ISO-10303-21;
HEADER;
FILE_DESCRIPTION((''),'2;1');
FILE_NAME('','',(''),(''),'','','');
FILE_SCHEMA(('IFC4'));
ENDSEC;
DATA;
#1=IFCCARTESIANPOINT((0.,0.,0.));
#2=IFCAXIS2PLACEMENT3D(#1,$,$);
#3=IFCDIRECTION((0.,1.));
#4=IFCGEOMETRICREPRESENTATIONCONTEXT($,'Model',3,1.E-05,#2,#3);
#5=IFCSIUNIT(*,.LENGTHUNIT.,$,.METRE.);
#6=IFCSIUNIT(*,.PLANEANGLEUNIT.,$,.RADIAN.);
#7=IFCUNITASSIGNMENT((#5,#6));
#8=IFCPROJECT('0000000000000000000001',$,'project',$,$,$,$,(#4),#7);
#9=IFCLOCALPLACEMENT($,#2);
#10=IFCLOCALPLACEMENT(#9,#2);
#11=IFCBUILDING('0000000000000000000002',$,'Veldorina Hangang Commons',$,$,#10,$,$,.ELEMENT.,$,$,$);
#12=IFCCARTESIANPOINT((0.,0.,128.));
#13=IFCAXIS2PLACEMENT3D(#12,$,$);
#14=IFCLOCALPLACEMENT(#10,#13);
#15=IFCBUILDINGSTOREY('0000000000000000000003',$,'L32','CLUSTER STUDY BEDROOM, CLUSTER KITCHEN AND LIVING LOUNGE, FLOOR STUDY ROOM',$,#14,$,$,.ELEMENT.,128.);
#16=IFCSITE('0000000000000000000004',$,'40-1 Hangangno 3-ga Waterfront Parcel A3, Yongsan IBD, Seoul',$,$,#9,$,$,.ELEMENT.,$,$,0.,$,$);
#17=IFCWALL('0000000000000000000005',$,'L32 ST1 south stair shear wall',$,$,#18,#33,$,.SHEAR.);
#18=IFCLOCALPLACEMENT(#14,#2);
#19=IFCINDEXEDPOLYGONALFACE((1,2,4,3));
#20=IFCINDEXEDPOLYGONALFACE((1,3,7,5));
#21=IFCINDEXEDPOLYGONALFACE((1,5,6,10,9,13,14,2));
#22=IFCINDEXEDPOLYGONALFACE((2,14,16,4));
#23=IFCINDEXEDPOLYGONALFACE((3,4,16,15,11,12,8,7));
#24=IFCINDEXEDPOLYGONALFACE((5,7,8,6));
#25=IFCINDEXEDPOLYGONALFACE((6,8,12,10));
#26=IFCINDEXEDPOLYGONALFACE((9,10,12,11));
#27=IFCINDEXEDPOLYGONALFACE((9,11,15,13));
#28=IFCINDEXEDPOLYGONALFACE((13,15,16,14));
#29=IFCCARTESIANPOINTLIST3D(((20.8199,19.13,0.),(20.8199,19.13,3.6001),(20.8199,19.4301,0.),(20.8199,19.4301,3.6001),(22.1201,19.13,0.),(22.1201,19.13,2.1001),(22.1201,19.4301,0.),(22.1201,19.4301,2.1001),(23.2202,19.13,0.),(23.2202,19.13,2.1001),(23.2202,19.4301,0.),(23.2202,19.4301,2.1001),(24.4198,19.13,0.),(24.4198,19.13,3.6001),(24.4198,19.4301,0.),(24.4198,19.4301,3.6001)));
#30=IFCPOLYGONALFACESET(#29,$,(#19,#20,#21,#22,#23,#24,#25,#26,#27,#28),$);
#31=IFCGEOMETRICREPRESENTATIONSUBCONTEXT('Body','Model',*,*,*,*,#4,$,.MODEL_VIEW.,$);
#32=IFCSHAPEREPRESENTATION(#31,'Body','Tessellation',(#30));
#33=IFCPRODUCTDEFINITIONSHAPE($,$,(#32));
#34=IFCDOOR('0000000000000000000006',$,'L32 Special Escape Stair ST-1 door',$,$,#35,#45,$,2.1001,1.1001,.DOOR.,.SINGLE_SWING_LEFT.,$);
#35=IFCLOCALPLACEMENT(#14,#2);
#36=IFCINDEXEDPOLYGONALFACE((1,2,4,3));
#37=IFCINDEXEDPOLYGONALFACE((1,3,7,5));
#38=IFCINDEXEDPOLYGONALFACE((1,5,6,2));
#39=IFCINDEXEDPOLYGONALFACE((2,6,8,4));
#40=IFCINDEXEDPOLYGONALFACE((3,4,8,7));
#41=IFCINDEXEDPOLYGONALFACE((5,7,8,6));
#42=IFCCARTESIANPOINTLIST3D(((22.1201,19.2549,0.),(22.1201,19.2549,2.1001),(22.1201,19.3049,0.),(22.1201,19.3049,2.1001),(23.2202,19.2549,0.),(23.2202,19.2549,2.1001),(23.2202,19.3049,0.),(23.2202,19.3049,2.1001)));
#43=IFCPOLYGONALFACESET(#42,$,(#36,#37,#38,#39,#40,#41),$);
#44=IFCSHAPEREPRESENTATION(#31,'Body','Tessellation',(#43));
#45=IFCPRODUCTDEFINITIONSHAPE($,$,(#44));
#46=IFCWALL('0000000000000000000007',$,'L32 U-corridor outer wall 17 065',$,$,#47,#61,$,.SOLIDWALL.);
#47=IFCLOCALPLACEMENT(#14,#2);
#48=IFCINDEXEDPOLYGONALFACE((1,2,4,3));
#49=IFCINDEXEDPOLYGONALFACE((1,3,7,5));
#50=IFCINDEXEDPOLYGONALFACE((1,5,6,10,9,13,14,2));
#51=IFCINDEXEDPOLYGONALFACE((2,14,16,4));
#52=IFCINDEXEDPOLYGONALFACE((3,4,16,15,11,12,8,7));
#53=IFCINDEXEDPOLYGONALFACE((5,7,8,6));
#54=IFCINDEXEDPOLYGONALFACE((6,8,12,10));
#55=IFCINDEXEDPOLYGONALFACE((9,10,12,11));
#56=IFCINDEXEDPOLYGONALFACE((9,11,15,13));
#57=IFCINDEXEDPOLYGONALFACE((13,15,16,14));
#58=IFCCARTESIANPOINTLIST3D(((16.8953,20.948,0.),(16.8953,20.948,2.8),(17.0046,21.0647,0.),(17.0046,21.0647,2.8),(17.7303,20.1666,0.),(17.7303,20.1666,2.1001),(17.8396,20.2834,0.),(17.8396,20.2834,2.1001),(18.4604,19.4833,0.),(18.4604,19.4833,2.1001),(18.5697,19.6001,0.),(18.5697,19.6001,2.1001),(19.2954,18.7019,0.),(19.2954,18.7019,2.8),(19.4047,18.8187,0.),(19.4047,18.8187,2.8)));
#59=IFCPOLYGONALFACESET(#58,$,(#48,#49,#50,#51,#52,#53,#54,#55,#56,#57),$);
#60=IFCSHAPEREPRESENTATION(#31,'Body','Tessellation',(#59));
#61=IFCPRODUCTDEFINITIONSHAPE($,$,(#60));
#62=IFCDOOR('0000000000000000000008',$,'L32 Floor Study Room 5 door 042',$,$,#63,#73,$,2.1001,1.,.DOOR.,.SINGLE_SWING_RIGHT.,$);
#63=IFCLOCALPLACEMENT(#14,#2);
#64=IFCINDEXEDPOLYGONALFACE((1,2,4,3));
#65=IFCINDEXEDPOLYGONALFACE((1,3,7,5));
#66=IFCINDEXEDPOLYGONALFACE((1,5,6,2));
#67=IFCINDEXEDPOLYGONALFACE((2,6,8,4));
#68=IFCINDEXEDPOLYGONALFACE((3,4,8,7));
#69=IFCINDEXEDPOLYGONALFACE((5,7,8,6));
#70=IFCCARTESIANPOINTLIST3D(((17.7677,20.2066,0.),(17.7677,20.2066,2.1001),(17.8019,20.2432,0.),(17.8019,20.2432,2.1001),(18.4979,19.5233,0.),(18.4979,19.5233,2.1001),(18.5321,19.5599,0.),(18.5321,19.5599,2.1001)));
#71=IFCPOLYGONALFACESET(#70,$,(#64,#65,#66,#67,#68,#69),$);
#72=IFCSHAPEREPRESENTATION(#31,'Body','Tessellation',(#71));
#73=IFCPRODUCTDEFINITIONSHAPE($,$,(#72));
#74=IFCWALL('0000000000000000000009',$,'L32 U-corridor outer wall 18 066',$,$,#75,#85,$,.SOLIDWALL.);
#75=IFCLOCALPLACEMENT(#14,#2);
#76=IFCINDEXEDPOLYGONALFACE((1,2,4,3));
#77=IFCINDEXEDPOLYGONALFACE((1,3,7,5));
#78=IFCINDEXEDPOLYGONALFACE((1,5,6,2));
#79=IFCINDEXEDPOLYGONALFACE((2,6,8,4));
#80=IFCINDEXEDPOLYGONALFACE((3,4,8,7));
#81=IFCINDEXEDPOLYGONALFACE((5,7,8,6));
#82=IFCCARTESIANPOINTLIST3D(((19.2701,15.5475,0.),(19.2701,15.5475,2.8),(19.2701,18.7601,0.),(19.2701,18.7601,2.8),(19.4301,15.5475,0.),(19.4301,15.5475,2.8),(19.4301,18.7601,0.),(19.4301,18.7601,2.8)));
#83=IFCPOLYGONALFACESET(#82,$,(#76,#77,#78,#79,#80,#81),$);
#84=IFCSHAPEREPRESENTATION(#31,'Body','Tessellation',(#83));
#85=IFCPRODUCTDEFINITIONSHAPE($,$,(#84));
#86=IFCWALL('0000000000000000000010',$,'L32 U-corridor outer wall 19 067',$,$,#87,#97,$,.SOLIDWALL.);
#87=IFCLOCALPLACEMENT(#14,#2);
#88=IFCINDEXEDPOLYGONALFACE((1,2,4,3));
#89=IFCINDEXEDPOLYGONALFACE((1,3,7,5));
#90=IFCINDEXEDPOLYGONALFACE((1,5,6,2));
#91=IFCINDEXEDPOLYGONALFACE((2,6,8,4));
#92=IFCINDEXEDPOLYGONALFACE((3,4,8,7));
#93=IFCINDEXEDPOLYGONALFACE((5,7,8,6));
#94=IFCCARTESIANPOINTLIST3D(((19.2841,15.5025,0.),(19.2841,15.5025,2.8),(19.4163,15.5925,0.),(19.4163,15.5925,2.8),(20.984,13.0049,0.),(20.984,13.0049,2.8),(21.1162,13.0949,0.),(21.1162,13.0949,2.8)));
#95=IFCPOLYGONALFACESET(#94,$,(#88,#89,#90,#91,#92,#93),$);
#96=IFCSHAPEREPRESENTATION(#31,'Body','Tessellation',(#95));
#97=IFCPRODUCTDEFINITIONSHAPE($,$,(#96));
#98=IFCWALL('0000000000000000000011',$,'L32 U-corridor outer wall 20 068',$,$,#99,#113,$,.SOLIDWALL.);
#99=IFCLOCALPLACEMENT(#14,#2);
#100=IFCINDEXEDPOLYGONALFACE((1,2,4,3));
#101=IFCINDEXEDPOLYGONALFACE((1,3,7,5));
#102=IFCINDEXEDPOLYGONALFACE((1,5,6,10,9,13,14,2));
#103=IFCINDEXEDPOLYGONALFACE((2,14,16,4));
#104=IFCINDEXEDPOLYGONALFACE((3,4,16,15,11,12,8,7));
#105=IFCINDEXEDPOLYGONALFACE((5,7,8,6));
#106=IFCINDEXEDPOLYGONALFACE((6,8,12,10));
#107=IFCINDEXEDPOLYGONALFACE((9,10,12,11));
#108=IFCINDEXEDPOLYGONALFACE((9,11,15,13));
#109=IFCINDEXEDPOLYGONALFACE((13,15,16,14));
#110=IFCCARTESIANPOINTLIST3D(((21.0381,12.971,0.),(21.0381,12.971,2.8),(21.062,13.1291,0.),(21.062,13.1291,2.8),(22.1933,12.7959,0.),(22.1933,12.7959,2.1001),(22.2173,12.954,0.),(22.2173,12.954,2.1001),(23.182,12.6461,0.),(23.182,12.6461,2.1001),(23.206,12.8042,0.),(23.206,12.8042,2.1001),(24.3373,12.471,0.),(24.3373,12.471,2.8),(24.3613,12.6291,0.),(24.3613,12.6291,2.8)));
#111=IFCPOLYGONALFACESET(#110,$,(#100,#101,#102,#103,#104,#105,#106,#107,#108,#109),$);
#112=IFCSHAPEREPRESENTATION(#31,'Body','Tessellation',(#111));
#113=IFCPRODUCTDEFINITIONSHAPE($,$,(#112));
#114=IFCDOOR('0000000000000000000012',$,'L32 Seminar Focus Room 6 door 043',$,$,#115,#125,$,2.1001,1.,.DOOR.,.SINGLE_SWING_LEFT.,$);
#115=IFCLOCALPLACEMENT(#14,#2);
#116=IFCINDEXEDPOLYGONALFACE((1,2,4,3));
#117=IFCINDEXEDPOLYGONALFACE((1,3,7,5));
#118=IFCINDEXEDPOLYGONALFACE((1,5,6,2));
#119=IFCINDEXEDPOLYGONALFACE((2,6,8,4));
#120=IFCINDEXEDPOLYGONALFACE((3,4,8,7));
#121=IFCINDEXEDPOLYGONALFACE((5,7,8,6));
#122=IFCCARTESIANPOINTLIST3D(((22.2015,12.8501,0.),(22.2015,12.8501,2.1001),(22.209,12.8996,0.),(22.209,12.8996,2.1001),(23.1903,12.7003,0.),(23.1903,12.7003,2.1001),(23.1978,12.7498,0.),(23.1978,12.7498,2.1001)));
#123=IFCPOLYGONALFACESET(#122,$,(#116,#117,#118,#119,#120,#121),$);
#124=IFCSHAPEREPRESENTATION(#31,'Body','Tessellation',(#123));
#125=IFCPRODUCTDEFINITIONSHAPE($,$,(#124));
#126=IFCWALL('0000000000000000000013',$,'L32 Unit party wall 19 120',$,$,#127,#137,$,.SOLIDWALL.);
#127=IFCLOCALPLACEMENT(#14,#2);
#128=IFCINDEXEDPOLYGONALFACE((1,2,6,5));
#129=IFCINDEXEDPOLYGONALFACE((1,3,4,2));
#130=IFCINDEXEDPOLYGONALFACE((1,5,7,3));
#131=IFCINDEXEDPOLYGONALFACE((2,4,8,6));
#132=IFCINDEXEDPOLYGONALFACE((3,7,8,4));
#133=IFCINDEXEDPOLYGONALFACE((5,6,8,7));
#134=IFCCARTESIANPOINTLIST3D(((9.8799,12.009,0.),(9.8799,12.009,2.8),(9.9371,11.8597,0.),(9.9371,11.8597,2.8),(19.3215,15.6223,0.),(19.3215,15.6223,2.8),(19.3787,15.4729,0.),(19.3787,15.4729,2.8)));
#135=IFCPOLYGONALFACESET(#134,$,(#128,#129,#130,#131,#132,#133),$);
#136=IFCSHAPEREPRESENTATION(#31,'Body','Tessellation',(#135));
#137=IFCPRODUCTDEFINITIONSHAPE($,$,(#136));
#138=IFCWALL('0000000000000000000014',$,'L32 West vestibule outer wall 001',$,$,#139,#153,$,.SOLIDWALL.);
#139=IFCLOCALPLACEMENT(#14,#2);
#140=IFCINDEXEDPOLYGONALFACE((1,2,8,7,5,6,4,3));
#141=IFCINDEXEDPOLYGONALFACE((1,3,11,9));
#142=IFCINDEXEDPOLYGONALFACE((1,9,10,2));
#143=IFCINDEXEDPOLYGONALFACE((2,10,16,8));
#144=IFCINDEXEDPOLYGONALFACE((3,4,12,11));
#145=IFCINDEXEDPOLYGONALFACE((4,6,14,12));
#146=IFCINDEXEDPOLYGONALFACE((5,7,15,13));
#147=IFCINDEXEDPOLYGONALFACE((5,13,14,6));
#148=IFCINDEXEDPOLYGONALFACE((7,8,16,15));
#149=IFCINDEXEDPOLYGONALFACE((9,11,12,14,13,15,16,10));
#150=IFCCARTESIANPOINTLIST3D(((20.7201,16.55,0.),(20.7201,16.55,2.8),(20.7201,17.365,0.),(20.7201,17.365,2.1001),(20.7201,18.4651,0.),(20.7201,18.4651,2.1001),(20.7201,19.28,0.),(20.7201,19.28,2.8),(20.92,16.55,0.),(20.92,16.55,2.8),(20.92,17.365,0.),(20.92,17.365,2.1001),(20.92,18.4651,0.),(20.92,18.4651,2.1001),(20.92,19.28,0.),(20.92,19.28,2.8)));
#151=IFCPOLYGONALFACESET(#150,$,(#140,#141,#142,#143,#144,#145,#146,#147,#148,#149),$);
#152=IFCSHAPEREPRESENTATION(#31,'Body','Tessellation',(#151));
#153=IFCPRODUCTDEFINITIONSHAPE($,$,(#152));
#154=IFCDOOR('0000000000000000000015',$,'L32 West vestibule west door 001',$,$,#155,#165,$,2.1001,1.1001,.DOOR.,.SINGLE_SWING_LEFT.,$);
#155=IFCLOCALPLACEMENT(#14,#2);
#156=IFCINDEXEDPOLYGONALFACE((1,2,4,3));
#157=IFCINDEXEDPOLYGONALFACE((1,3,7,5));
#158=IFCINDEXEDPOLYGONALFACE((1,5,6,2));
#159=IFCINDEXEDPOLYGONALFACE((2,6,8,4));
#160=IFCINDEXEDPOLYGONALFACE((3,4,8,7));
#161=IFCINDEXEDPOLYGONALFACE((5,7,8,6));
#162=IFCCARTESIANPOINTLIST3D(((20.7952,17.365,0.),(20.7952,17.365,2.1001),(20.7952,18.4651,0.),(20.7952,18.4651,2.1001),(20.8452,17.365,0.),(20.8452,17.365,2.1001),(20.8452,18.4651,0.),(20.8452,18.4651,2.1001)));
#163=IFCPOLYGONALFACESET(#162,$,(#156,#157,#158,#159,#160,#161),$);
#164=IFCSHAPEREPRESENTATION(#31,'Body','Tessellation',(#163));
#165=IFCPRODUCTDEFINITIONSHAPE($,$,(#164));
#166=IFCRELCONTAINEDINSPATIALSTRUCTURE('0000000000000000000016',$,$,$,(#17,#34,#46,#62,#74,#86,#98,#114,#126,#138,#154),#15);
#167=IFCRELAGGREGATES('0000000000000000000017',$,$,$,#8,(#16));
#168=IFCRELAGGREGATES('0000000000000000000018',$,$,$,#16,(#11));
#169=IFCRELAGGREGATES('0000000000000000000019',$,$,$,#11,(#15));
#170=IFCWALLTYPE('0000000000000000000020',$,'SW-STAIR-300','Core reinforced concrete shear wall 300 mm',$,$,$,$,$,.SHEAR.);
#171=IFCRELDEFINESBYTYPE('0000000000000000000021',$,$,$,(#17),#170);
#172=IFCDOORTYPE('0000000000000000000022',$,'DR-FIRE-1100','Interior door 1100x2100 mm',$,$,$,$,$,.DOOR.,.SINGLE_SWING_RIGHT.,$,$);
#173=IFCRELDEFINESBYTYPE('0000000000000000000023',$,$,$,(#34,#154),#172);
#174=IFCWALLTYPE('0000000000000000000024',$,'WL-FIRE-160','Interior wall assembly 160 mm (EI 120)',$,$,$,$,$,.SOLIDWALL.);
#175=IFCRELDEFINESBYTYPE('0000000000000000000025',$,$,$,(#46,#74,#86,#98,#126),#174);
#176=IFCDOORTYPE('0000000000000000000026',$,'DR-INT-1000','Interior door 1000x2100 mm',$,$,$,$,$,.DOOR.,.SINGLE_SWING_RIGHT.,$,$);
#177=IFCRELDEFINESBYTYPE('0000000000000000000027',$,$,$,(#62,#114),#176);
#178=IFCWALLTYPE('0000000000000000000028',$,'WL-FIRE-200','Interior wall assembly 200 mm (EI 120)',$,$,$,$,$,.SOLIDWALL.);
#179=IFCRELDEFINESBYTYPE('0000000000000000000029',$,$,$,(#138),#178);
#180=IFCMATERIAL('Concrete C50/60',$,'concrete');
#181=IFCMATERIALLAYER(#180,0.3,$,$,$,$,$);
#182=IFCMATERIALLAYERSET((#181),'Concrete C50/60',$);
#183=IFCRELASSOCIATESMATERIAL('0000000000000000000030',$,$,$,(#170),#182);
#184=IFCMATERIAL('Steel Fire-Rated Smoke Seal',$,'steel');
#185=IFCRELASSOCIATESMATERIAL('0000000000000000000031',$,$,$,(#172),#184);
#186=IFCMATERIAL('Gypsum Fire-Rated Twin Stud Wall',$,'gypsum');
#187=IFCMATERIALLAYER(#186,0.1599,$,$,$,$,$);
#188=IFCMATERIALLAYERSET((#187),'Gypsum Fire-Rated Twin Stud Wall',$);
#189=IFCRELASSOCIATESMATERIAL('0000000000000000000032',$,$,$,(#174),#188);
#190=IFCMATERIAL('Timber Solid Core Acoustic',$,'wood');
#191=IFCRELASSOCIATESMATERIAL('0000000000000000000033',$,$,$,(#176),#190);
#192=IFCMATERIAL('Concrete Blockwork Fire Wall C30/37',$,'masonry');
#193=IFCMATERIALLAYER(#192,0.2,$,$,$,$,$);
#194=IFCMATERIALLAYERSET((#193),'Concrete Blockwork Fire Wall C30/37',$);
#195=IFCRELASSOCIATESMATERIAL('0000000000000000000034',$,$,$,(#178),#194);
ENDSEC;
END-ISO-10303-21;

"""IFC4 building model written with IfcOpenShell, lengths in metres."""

from ifc_helpers import new_model, si_unit, direction, frame, frame_2d, origin, place, context, subcontext, project, spatial, rectangle, extrude, material, layer, layer_set, type_object, element, fill, save


model = new_model("IFC4")

# Units and contexts
model_context = context("Model", 3, precision=1e-05, world=origin(), true_north=direction((0.0, 1.0)))
body_context = subcontext(model_context, "Body", "Model", "MODEL_VIEW")
ifc_project = project(units=[si_unit("LENGTHUNIT", "METRE"), si_unit("PLANEANGLEUNIT", "RADIAN")], contexts=[model_context])

# Site, building, storey
site_placement = place(None, origin())
site = spatial("IfcSite", under=ifc_project, at=site_placement, Name="40-1 Hangangno 3-ga Waterfront Parcel A3, Yongsan IBD, Seoul", CompositionType="ELEMENT", RefElevation=0.0)
building_placement = place(site_placement, origin())
building = spatial("IfcBuilding", under=site, at=building_placement, Name="Veldorina Hangang Commons", CompositionType="ELEMENT")
storey_placement = place(building_placement, frame((0.0, 0.0, 128.0)))
storey = spatial("IfcBuildingStorey", under=building, at=storey_placement, Name="L32", Description="CLUSTER STUDY BEDROOM, CLUSTER KITCHEN AND LIVING LOUNGE, FLOOR STUDY ROOM", CompositionType="ELEMENT", Elevation=128.0)

# Shared definitions
ifc_material_1 = material(Name="Concrete C50/60", Category="concrete")
ifc_layer_1 = layer(ifc_material_1, 0.3)
ifc_layer_set_1 = layer_set([ifc_layer_1], Name="Concrete C50/60")
wall_type_1 = type_object("IfcWallType", Name="SW-STAIR-300", Description="Core reinforced concrete shear wall 300 mm", PredefinedType="SHEAR", material=ifc_layer_set_1)

# Walls, openings, doors
wall_1_placement = place(storey_placement, frame((20.8201, 19.28, 0.0), z_axis=(0.0, 0.0, 1.0), x_axis=(1.0, 0.0, 0.0)))
wall_1 = element("IfcWall", 1, at=wall_1_placement, inside=storey, type_object=wall_type_1, Name="L32 ST1 south stair shear wall", PredefinedType="SHEAR", context=body_context, shape_type="SweptSolid", body=[
    extrude(rectangle(XDim=3.5999, YDim=0.3, at=frame_2d((1.7998, 0.0))), origin(), (0.0, 0.0, 1.0), 3.6001),
])
opening_1_placement = place(wall_1_placement, frame((1.3, 0.0, 0.0)))
opening_1 = element("IfcOpeningElement", 2, at=opening_1_placement, cuts=wall_1, PredefinedType="OPENING", context=body_context, shape_type="SweptSolid", body=[
    extrude(rectangle(XDim=1.1001, YDim=2.1001, at=frame_2d((0.55, 1.05))), frame((0.0, 0.1602, 0.0), z_axis=(0.0, -1.0, 0.0), x_axis=(1.0, 0.0, 0.0)), (0.0, 0.0, 1.0), 0.3201),
])
ifc_material_2 = material(Name="Steel Fire-Rated Smoke Seal", Category="steel")
door_type_1 = type_object("IfcDoorType", Name="DR-FIRE-1100", Description="Interior door 1100x2100 mm", OperationType="SINGLE_SWING_RIGHT", PredefinedType="DOOR", material=ifc_material_2)
door_1_placement = place(opening_1_placement, origin())
door_1 = element("IfcDoor", 3, at=door_1_placement, inside=storey, type_object=door_type_1, Name="L32 Special Escape Stair ST-1 door", OperationType="SINGLE_SWING_LEFT", OverallHeight=2.1001, OverallWidth=1.1001, PredefinedType="DOOR", context=body_context, shape_type="SweptSolid", body=[
    extrude(rectangle(XDim=1.1001, YDim=2.1001, at=frame_2d((0.55, 1.05))), frame((0.0, 0.0249, 0.0), z_axis=(0.0, -1.0, 0.0), x_axis=(1.0, 0.0, 0.0)), (0.0, 0.0, 1.0), 0.05),
])
fill(opening_1, door_1)
ifc_material_3 = material(Name="Gypsum Fire-Rated Twin Stud Wall", Category="gypsum")
ifc_layer_2 = layer(ifc_material_3, 0.1599)
ifc_layer_set_2 = layer_set([ifc_layer_2], Name="Gypsum Fire-Rated Twin Stud Wall")
wall_type_2 = type_object("IfcWallType", Name="WL-FIRE-160", Description="Interior wall assembly 160 mm (EI 120)", PredefinedType="SOLIDWALL", material=ifc_layer_set_2)
wall_2_placement = place(storey_placement, frame((16.95, 21.0063, 0.0), z_axis=(0.0, 0.0, 1.0), x_axis=(0.730151, -0.683286, 0.0)))
wall_2 = element("IfcWall", 4, at=wall_2_placement, inside=storey, type_object=wall_type_2, Name="L32 U-corridor outer wall 17 065", PredefinedType="SOLIDWALL", context=body_context, shape_type="SweptSolid", body=[
    extrude(rectangle(XDim=3.2871, YDim=0.1599, at=frame_2d((1.6436, 0.0))), origin(), (0.0, 0.0, 1.0), 2.8),
])
opening_2_placement = place(wall_2_placement, frame((1.1436, 0.0, 0.0)))
opening_2 = element("IfcOpeningElement", 5, at=opening_2_placement, cuts=wall_2, PredefinedType="OPENING", context=body_context, shape_type="SweptSolid", body=[
    extrude(rectangle(XDim=1.0, YDim=2.1001, at=frame_2d((0.5, 1.05))), frame((0.0, 0.0898, 0.0), z_axis=(0.0, -1.0, 0.0), x_axis=(1.0, 0.0, 0.0)), (0.0, 0.0, 1.0), 0.1799),
])
ifc_material_4 = material(Name="Timber Solid Core Acoustic", Category="wood")
door_type_2 = type_object("IfcDoorType", Name="DR-INT-1000", Description="Interior door 1000x2100 mm", OperationType="SINGLE_SWING_RIGHT", PredefinedType="DOOR", material=ifc_material_4)
door_2_placement = place(opening_2_placement, origin())
door_2 = element("IfcDoor", 6, at=door_2_placement, inside=storey, type_object=door_type_2, Name="L32 Floor Study Room 5 door 042", OperationType="SINGLE_SWING_RIGHT", OverallHeight=2.1001, OverallWidth=1.0, PredefinedType="DOOR", context=body_context, shape_type="SweptSolid", body=[
    extrude(rectangle(XDim=1.0, YDim=2.1001, at=frame_2d((0.5, 1.05))), frame((0.0, 0.0249, 0.0), z_axis=(0.0, -1.0, 0.0), x_axis=(1.0, 0.0, 0.0)), (0.0, 0.0, 1.0), 0.05),
])
fill(opening_2, door_2)

# Walls
wall_3_placement = place(storey_placement, frame((19.3501, 18.7603, 0.0), z_axis=(0.0, 0.0, 1.0), x_axis=(0.0, -1.0, 0.0)))
element("IfcWall", 7, at=wall_3_placement, inside=storey, type_object=wall_type_2, Name="L32 U-corridor outer wall 18 066", PredefinedType="SOLIDWALL", context=body_context, shape_type="SweptSolid", body=[
    extrude(rectangle(XDim=3.2126, YDim=0.1599, at=frame_2d((1.6064, 0.0))), origin(), (0.0, 0.0, 1.0), 2.8),
])
wall_4_placement = place(storey_placement, frame((19.3501, 15.5476, 0.0), z_axis=(0.0, 0.0, 1.0), x_axis=(0.562675, -0.826678, 0.0)))
element("IfcWall", 8, at=wall_4_placement, inside=storey, type_object=wall_type_2, Name="L32 U-corridor outer wall 19 067", PredefinedType="SOLIDWALL", context=body_context, shape_type="SweptSolid", body=[
    extrude(rectangle(XDim=3.0212, YDim=0.1599, at=frame_2d((1.5107, 0.0))), origin(), (0.0, 0.0, 1.0), 2.8),
])

# Wall, opening, door
wall_5_placement = place(storey_placement, frame((21.05, 13.05, 0.0), z_axis=(0.0, 0.0, 1.0), x_axis=(0.988711, -0.149836, 0.0)))
wall_5 = element("IfcWall", 9, at=wall_5_placement, inside=storey, type_object=wall_type_2, Name="L32 U-corridor outer wall 20 068", PredefinedType="SOLIDWALL", context=body_context, shape_type="SweptSolid", body=[
    extrude(rectangle(XDim=3.3369, YDim=0.1599, at=frame_2d((1.6685, 0.0))), origin(), (0.0, 0.0, 1.0), 2.8),
])
opening_3_placement = place(wall_5_placement, frame((1.1685, 0.0, 0.0)))
opening_3 = element("IfcOpeningElement", 10, at=opening_3_placement, cuts=wall_5, PredefinedType="OPENING", context=body_context, shape_type="SweptSolid", body=[
    extrude(rectangle(XDim=1.0, YDim=2.1001, at=frame_2d((0.5, 1.05))), frame((0.0, 0.0898, 0.0), z_axis=(0.0, -1.0, 0.0), x_axis=(1.0, 0.0, 0.0)), (0.0, 0.0, 1.0), 0.1799),
])
door_3_placement = place(opening_3_placement, origin())
door_3 = element("IfcDoor", 11, at=door_3_placement, inside=storey, type_object=door_type_2, Name="L32 Seminar Focus Room 6 door 043", OperationType="SINGLE_SWING_LEFT", OverallHeight=2.1001, OverallWidth=1.0, PredefinedType="DOOR", context=body_context, shape_type="SweptSolid", body=[
    extrude(rectangle(XDim=1.0, YDim=2.1001, at=frame_2d((0.5, 1.05))), frame((0.0, 0.0249, 0.0), z_axis=(0.0, -1.0, 0.0), x_axis=(1.0, 0.0, 0.0)), (0.0, 0.0, 1.0), 0.05),
])
fill(opening_3, door_3)

# Wall
wall_6_placement = place(storey_placement, frame((19.3501, 15.5476, 0.0), z_axis=(0.0, 0.0, 1.0), x_axis=(-0.933945, -0.357417, 0.0)))
element("IfcWall", 12, at=wall_6_placement, inside=storey, type_object=wall_type_2, Name="L32 Unit party wall 19 120", PredefinedType="SOLIDWALL", context=body_context, shape_type="SweptSolid", body=[
    extrude(rectangle(XDim=10.1094, YDim=0.1599, at=frame_2d((5.0547, 0.0))), origin(), (0.0, 0.0, 1.0), 2.8),
])

# Wall, opening, door
ifc_material_5 = material(Name="Concrete Blockwork Fire Wall C30/37", Category="masonry")
ifc_layer_3 = layer(ifc_material_5, 0.2)
ifc_layer_set_3 = layer_set([ifc_layer_3], Name="Concrete Blockwork Fire Wall C30/37")
wall_type_3 = type_object("IfcWallType", Name="WL-FIRE-200", Description="Interior wall assembly 200 mm (EI 120)", PredefinedType="SOLIDWALL", material=ifc_layer_set_3)
wall_7_placement = place(storey_placement, frame((20.8201, 16.55, 0.0), z_axis=(0.0, 0.0, 1.0), x_axis=(0.0, 1.0, 0.0)))
wall_7 = element("IfcWall", 13, at=wall_7_placement, inside=storey, type_object=wall_type_3, Name="L32 West vestibule outer wall 001", PredefinedType="SOLIDWALL", context=body_context, shape_type="SweptSolid", body=[
    extrude(rectangle(XDim=2.73, YDim=0.2, at=frame_2d((1.365, 0.0))), origin(), (0.0, 0.0, 1.0), 2.8),
])
opening_4_placement = place(wall_7_placement, frame((0.8149, 0.0, 0.0)))
opening_4 = element("IfcOpeningElement", 14, at=opening_4_placement, cuts=wall_7, PredefinedType="OPENING", context=body_context, shape_type="SweptSolid", body=[
    extrude(rectangle(XDim=1.1001, YDim=2.1001, at=frame_2d((0.55, 1.05))), frame((0.0, 0.1099, 0.0), z_axis=(0.0, -1.0, 0.0), x_axis=(1.0, 0.0, 0.0)), (0.0, 0.0, 1.0), 0.22),
])
door_4_placement = place(opening_4_placement, origin())
door_4 = element("IfcDoor", 15, at=door_4_placement, inside=storey, type_object=door_type_1, Name="L32 West vestibule west door 001", OperationType="SINGLE_SWING_LEFT", OverallHeight=2.1001, OverallWidth=1.1001, PredefinedType="DOOR", context=body_context, shape_type="SweptSolid", body=[
    extrude(rectangle(XDim=1.1001, YDim=2.1001, at=frame_2d((0.55, 1.05))), frame((0.0, 0.0249, 0.0), z_axis=(0.0, -1.0, 0.0), x_axis=(1.0, 0.0, 0.0)), (0.0, 0.0, 1.0), 0.05),
])
fill(opening_4, door_4)

save(model, "model.ifc")
